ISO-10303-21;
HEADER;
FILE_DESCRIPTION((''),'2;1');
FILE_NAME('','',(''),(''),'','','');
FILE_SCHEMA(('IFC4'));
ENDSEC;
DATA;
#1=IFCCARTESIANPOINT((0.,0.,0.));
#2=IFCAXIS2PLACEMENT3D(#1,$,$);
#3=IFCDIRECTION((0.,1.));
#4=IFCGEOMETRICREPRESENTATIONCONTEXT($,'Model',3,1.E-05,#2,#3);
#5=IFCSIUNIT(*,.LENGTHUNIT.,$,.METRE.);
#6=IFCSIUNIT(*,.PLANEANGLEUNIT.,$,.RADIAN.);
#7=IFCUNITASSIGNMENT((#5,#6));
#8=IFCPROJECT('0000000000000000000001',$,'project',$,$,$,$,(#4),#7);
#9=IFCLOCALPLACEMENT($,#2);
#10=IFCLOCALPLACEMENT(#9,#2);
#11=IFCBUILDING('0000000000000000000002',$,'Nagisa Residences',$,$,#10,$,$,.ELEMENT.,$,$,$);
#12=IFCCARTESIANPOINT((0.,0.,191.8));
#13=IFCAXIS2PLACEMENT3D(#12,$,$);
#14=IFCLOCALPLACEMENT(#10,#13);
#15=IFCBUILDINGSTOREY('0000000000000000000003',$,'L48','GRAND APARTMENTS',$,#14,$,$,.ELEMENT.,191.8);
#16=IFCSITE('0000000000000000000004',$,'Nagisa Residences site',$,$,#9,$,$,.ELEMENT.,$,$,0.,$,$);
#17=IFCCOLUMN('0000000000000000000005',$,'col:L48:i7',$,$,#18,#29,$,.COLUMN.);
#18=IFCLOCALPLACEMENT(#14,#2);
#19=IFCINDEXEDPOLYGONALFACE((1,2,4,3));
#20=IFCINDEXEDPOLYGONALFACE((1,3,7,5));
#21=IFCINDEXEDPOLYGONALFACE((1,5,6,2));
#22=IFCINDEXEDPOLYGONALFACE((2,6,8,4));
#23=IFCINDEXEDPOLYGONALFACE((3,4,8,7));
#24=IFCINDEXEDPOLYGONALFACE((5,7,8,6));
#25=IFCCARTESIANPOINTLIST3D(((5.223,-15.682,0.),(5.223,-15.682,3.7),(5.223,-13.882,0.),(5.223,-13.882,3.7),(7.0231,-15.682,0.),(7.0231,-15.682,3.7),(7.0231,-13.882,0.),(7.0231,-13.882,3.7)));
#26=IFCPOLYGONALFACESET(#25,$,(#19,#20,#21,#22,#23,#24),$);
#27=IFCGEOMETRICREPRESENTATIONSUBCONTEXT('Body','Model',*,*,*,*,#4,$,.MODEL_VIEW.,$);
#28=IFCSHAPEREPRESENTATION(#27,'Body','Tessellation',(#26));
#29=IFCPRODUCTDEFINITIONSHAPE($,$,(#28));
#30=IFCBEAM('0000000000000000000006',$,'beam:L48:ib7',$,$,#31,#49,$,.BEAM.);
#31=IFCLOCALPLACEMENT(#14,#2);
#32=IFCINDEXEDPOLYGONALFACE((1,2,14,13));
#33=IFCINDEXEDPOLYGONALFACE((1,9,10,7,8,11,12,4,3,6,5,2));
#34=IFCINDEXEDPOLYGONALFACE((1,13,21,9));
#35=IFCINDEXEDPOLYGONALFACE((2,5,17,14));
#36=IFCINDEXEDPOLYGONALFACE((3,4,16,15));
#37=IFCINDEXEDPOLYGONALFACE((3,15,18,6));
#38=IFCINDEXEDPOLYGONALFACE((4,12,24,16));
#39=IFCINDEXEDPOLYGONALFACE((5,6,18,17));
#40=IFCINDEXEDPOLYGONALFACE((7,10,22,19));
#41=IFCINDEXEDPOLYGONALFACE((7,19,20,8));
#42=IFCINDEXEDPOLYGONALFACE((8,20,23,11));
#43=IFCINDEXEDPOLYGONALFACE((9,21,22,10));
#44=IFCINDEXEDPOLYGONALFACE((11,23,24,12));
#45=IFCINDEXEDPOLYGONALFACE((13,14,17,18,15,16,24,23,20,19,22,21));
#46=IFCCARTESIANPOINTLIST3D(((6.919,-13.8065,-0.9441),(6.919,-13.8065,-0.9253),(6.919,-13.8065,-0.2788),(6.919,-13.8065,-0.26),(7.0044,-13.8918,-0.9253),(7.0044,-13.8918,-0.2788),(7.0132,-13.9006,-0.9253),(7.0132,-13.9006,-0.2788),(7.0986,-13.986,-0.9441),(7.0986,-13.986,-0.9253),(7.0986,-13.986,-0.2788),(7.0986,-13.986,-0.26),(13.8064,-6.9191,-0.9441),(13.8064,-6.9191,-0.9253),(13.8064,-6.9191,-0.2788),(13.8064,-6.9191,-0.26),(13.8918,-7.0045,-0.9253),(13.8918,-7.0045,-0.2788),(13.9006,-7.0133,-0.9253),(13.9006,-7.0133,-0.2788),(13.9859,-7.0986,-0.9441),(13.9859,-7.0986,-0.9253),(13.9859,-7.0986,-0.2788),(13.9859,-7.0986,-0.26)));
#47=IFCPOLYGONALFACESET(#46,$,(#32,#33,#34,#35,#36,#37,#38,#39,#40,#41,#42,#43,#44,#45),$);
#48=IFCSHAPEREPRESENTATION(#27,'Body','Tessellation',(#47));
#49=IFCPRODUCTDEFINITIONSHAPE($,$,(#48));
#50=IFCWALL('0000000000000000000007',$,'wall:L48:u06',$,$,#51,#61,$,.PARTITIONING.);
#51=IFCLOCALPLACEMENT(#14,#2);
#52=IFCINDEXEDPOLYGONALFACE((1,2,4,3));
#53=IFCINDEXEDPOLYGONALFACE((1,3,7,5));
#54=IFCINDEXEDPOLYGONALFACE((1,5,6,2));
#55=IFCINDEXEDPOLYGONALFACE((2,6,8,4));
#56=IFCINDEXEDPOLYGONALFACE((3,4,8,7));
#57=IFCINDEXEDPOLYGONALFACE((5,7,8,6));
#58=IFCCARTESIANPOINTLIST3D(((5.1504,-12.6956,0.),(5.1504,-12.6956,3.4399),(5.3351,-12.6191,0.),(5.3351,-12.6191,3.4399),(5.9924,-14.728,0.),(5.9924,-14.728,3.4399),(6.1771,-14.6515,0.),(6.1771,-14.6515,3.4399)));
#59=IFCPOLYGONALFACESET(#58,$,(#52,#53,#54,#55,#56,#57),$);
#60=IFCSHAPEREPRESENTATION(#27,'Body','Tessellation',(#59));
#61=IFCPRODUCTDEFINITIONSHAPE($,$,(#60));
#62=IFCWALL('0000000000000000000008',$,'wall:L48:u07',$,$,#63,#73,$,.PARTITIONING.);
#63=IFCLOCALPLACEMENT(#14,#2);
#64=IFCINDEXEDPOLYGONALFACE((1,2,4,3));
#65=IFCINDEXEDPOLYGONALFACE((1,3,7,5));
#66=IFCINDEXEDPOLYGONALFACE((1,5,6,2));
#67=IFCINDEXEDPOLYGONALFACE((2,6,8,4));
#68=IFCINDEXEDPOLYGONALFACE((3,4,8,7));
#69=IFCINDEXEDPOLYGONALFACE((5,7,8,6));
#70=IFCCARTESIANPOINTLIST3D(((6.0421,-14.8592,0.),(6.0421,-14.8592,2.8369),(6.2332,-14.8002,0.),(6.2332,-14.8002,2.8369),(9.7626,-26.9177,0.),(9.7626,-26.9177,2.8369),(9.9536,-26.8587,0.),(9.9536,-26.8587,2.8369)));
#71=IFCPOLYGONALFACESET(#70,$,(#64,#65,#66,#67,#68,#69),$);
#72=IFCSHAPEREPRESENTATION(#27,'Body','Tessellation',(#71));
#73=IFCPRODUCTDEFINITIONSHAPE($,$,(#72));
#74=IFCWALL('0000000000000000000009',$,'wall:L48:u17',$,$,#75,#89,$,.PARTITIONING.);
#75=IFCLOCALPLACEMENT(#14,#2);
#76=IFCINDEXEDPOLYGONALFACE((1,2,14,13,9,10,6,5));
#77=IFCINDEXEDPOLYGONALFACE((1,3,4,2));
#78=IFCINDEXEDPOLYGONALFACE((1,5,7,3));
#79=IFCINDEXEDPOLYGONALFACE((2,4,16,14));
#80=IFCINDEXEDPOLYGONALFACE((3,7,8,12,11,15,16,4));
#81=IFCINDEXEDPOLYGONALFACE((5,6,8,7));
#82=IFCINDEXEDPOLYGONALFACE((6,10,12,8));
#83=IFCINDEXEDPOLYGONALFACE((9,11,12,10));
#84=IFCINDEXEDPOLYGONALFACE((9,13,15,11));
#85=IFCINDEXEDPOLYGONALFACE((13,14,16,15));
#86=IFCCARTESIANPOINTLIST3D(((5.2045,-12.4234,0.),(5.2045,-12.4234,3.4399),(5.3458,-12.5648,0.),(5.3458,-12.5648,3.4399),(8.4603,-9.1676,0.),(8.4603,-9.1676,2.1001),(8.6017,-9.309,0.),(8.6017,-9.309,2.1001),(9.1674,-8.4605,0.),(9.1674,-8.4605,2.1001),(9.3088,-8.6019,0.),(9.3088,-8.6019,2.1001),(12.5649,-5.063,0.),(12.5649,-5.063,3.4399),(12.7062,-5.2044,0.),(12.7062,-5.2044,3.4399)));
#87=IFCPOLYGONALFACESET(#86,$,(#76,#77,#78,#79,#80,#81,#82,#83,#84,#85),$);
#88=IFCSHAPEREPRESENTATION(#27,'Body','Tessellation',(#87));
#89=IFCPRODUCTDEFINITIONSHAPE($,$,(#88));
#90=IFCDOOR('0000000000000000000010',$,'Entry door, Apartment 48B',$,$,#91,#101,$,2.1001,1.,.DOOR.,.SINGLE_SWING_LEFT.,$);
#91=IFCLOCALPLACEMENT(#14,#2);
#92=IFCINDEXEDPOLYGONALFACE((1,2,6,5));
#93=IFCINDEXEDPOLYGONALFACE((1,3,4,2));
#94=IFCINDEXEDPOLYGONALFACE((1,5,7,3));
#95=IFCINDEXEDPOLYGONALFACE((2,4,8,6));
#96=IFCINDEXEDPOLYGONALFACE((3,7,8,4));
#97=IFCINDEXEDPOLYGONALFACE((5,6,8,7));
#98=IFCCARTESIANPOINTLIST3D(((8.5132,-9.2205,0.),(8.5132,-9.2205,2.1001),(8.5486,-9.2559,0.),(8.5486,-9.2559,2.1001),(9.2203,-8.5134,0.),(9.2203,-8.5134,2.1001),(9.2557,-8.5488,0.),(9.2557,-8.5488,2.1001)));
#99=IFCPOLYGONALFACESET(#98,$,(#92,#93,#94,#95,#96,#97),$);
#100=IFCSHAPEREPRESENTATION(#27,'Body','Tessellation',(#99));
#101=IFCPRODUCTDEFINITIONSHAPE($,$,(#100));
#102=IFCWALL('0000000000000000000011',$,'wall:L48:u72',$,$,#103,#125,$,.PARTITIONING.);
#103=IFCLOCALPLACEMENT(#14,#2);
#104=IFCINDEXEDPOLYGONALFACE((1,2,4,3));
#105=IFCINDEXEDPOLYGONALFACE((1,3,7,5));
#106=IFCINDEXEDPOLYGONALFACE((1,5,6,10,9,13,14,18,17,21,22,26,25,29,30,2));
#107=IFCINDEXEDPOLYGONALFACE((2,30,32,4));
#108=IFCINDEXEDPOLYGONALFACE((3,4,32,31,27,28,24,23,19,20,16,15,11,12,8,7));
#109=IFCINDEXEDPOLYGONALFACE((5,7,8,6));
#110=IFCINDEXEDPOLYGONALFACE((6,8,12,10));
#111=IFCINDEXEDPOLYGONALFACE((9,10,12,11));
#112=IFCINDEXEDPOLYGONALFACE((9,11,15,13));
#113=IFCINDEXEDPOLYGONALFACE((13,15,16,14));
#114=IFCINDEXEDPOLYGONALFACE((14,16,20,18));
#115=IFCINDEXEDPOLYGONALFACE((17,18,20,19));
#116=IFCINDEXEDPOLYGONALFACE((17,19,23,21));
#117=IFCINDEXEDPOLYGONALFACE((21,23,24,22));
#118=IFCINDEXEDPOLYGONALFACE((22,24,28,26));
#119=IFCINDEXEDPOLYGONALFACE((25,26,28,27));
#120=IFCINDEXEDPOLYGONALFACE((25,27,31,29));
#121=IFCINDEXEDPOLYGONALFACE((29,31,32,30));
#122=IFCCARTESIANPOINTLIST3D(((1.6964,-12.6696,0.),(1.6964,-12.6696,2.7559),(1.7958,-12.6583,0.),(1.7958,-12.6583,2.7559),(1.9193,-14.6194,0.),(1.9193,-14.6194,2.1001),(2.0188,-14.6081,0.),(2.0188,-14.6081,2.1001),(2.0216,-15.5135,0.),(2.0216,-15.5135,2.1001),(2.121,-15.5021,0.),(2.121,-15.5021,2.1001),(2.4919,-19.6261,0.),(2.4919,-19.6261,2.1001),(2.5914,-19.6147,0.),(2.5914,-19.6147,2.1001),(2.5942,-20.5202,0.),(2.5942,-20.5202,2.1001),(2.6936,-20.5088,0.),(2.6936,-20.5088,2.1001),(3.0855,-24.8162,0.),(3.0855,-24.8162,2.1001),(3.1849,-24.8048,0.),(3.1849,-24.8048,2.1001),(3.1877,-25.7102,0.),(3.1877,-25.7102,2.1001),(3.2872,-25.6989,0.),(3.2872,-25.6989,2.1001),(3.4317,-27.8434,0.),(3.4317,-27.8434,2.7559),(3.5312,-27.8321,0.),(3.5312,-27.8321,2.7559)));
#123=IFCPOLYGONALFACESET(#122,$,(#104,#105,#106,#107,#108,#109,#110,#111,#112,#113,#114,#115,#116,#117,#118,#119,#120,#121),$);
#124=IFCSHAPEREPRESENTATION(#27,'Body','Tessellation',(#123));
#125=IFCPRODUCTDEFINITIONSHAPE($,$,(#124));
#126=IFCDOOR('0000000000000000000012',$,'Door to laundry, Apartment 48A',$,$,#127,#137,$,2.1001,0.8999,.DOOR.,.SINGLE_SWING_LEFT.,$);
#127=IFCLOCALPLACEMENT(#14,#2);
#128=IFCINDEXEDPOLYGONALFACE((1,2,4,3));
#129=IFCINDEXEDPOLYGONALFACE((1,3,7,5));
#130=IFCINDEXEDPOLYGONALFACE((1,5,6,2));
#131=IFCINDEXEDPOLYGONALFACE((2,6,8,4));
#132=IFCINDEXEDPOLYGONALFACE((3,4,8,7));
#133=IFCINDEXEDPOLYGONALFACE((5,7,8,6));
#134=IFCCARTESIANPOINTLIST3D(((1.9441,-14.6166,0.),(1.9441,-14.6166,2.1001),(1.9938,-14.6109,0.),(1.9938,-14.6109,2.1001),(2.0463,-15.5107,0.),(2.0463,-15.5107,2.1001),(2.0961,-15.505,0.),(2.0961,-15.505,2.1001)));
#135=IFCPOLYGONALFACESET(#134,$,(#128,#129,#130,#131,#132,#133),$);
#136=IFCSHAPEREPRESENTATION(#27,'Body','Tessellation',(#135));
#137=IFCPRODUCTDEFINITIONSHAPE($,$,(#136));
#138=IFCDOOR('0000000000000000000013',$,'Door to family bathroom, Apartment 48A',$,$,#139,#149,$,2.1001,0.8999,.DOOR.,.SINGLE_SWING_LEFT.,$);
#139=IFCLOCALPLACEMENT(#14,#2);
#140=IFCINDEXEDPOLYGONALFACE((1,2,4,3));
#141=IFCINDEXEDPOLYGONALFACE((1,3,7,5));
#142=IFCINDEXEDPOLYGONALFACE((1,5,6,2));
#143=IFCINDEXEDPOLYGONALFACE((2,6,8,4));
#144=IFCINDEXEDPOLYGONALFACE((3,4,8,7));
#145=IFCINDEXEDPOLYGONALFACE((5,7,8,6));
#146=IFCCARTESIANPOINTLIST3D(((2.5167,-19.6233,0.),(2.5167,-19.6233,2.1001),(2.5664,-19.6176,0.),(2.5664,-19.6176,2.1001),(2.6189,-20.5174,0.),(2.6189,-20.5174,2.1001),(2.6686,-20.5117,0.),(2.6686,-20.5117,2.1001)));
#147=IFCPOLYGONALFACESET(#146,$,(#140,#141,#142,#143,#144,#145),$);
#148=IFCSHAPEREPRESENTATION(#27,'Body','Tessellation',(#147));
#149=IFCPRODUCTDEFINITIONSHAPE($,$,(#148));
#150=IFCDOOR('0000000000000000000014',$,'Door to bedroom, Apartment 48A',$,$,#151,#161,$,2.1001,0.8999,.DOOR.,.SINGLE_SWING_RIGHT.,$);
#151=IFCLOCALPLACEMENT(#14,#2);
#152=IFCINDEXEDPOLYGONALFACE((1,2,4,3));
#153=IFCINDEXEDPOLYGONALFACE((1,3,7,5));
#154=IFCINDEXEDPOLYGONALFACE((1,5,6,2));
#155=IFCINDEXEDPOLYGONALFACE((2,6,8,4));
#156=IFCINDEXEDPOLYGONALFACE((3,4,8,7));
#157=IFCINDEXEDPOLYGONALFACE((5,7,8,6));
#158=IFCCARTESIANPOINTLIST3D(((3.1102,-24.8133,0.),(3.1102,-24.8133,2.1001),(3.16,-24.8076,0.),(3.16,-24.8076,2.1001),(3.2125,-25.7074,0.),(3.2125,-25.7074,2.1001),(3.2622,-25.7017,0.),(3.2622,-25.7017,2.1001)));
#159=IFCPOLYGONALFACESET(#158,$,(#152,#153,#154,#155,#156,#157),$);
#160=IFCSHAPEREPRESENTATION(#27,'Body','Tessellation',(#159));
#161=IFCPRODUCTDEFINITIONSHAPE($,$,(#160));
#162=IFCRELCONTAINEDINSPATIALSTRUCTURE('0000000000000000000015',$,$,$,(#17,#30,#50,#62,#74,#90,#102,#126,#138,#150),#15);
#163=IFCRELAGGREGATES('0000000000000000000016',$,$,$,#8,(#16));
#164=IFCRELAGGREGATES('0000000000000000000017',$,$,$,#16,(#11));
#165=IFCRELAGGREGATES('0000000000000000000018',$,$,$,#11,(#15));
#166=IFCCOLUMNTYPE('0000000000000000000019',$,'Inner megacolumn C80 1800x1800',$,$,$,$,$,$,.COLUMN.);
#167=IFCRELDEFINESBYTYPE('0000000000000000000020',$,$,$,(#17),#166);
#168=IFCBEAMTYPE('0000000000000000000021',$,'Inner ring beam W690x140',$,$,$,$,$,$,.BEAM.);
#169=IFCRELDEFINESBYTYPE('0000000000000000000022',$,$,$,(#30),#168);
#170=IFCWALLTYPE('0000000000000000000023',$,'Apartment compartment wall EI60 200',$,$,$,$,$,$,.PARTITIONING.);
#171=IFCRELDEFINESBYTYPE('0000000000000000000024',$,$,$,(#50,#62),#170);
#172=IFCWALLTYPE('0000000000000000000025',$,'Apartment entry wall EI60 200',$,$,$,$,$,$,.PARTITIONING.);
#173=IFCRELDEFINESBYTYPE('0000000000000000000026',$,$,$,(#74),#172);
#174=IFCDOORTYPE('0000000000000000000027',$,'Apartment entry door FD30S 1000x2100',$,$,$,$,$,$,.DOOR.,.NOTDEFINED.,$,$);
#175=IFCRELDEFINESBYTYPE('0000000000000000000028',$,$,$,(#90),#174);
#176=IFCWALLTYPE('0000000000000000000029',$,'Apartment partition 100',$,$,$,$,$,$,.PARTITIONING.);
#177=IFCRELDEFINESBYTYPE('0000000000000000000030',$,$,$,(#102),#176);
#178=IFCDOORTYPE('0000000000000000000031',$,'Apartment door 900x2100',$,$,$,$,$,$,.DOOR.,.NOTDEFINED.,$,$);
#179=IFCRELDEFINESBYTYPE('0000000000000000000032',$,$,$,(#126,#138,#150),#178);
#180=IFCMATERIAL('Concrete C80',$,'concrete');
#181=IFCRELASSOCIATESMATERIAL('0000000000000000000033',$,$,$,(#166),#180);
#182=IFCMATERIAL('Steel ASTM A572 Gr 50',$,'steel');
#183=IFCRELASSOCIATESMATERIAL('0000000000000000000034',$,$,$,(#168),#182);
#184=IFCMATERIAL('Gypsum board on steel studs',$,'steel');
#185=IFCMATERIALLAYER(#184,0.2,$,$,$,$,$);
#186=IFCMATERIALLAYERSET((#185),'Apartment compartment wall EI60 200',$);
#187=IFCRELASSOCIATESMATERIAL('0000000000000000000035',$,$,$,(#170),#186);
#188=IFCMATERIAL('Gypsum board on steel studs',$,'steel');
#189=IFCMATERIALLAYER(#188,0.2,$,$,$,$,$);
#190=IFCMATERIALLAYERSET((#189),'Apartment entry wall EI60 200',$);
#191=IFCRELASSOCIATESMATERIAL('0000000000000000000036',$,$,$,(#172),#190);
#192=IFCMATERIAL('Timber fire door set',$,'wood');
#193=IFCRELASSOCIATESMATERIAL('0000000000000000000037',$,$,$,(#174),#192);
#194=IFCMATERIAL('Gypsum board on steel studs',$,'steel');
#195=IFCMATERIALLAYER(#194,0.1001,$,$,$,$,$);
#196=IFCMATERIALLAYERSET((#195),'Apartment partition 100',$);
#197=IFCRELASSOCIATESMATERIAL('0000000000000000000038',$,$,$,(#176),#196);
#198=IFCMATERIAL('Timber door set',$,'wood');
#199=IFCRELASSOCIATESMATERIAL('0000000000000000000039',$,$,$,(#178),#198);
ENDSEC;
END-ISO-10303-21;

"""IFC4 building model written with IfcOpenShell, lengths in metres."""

from ifc_helpers import new_model, si_unit, direction, frame, frame_2d, origin, origin_2d, place, context, subcontext, project, spatial, rectangle, i_section, extrude, material, layer, layer_set, material_profile, profile_set, type_object, element, fill, save


model = new_model("IFC4")

# Units and contexts
model_context = context("Model", 3, precision=1e-05, world=origin(), true_north=direction((0.0, 1.0)))
body_context = subcontext(model_context, "Body", "Model", "MODEL_VIEW")
ifc_project = project(units=[si_unit("LENGTHUNIT", "METRE"), si_unit("PLANEANGLEUNIT", "RADIAN")], contexts=[model_context])

# Site, building, storey
site_placement = place(None, origin())
site = spatial("IfcSite", under=ifc_project, at=site_placement, Name="Nagisa Residences site", CompositionType="ELEMENT", RefElevation=0.0)
building_placement = place(site_placement, origin())
building = spatial("IfcBuilding", under=site, at=building_placement, Name="Nagisa Residences", CompositionType="ELEMENT")
storey_placement = place(building_placement, frame((0.0, 0.0, 191.8)))
storey = spatial("IfcBuildingStorey", under=building, at=storey_placement, Name="L48", Description="GRAND APARTMENTS", CompositionType="ELEMENT", Elevation=191.8)

# Column
ifc_material_1 = material(Name="Concrete C80", Category="concrete")
ifc_material_profile_1 = material_profile(ifc_material_1, rectangle(XDim=1.8, YDim=1.8, at=origin_2d()), Name="C80 1800x1800")
ifc_profile_set_1 = profile_set([ifc_material_profile_1], Name="Concrete C80")
column_type = type_object("IfcColumnType", Name="Inner megacolumn C80 1800x1800", PredefinedType="COLUMN", material=ifc_profile_set_1)
column_placement = place(storey_placement, frame((6.123, -14.782, 0.0), z_axis=(0.0, 0.0, 1.0), x_axis=(1.0, 0.0, 0.0)))
element("IfcColumn", 1, at=column_placement, inside=storey, type_object=column_type, Name="col:L48:i7", PredefinedType="COLUMN", context=body_context, shape_type="SweptSolid", body=[
    extrude(rectangle(XDim=1.8, YDim=1.8, at=origin_2d()), origin(), (0.0, 0.0, 1.0), 3.7),
])

# Beam
ifc_material_2 = material(Name="Steel ASTM A572 Gr 50", Category="steel")
ifc_material_profile_2 = material_profile(ifc_material_2, i_section(OverallWidth=0.2539, OverallDepth=0.6841, WebThickness=0.0125, FlangeThickness=0.0188, at=origin_2d()), Name="W690x140")
ifc_profile_set_2 = profile_set([ifc_material_profile_2], Name="Steel ASTM A572 Gr 50")
beam_type = type_object("IfcBeamType", Name="Inner ring beam W690x140", PredefinedType="BEAM", material=ifc_profile_set_2)
beam_placement = place(storey_placement, frame((7.0088, -13.8962, -0.6021), z_axis=(0.707107, 0.707107, 0.0), x_axis=(-0.707107, 0.707107, 0.0)))
element("IfcBeam", 2, at=beam_placement, inside=storey, type_object=beam_type, Name="beam:L48:ib7", PredefinedType="BEAM", context=body_context, shape_type="SweptSolid", body=[
    extrude(i_section(OverallWidth=0.2539, OverallDepth=0.6841, WebThickness=0.0125, FlangeThickness=0.0188, at=origin_2d()), origin(), (0.0, 0.0, 1.0), 9.7402),
])

# Walls
ifc_material_3 = material(Name="Gypsum board on steel studs", Category="steel")
ifc_layer_1 = layer(ifc_material_3, 0.2)
ifc_layer_set_1 = layer_set([ifc_layer_1], Name="Apartment compartment wall EI60 200")
wall_type_1 = type_object("IfcWallType", Name="Apartment compartment wall EI60 200", PredefinedType="PARTITIONING", material=ifc_layer_set_1)
wall_1_placement = place(storey_placement, frame((5.2427, -12.6572, 0.0), z_axis=(0.0, 0.0, 1.0), x_axis=(0.382747, -0.923853, 0.0)))
element("IfcWall", 3, at=wall_1_placement, inside=storey, type_object=wall_type_1, Name="wall:L48:u06", PredefinedType="PARTITIONING", context=body_context, shape_type="SweptSolid", body=[
    extrude(rectangle(XDim=2.2, YDim=0.2, at=frame_2d((1.1001, 0.0))), origin(), (0.0, 0.0, 1.0), 3.4399),
])
wall_2_placement = place(storey_placement, frame((6.1377, -14.8298, 0.0), z_axis=(0.0, 0.0, 1.0), x_axis=(0.294819, -0.955553, 0.0)))
element("IfcWall", 4, at=wall_2_placement, inside=storey, type_object=wall_type_1, Name="wall:L48:u07", PredefinedType="PARTITIONING", context=body_context, shape_type="SweptSolid", body=[
    extrude(rectangle(XDim=12.6194, YDim=0.2, at=frame_2d((6.3096, 0.0))), origin(), (0.0, 0.0, 1.0), 2.8369),
])

# Wall, opening, door
ifc_material_4 = material(Name="Gypsum board on steel studs", Category="steel")
ifc_layer_2 = layer(ifc_material_4, 0.2)
ifc_layer_set_2 = layer_set([ifc_layer_2], Name="Apartment entry wall EI60 200")
wall_type_2 = type_object("IfcWallType", Name="Apartment entry wall EI60 200", PredefinedType="PARTITIONING", material=ifc_layer_set_2)
wall_3_placement = place(storey_placement, frame((5.2751, -12.4941, 0.0), z_axis=(0.0, 0.0, 1.0), x_axis=(0.707107, 0.707107, 0.0)))
wall_3 = element("IfcWall", 5, at=wall_3_placement, inside=storey, type_object=wall_type_2, Name="wall:L48:u17", PredefinedType="PARTITIONING", context=body_context, shape_type="SweptSolid", body=[
    extrude(rectangle(XDim=10.4092, YDim=0.2, at=frame_2d((5.2046, 0.0))), origin(), (0.0, 0.0, 1.0), 3.4399),
])
opening_1_placement = place(wall_3_placement, frame((4.6045, 0.0, 0.0)))
opening_1 = element("IfcOpeningElement", 6, at=opening_1_placement, cuts=wall_3, PredefinedType="OPENING", context=body_context, shape_type="SweptSolid", body=[
    extrude(rectangle(XDim=1.0, YDim=2.1001, at=frame_2d((0.5, 1.05))), frame((0.0, 0.1099, 0.0), z_axis=(0.0, -1.0, 0.0), x_axis=(1.0, 0.0, 0.0)), (0.0, 0.0, 1.0), 0.22),
])
ifc_material_5 = material(Name="Timber fire door set", Category="wood")
door_type_1 = type_object("IfcDoorType", Name="Apartment entry door FD30S 1000x2100", OperationType="NOTDEFINED", PredefinedType="DOOR", material=ifc_material_5)
door_1_placement = place(opening_1_placement, frame((1.0, 0.0, 0.0), x_axis=(-1.0, 0.0, 0.0)))
door_1 = element("IfcDoor", 7, at=door_1_placement, inside=storey, type_object=door_type_1, Name="Entry door, Apartment 48B", OperationType="SINGLE_SWING_LEFT", OverallHeight=2.1001, OverallWidth=1.0, PredefinedType="DOOR", context=body_context, shape_type="SweptSolid", body=[
    extrude(rectangle(XDim=1.0, YDim=2.1001, at=frame_2d((0.5, 1.05))), frame((0.0, 0.0249, 0.0), z_axis=(0.0, -1.0, 0.0), x_axis=(1.0, 0.0, 0.0)), (0.0, 0.0, 1.0), 0.05),
])
fill(opening_1, door_1)

# Wall, openings, doors
ifc_material_6 = material(Name="Gypsum board on steel studs", Category="steel")
ifc_layer_3 = layer(ifc_material_6, 0.1001)
ifc_layer_set_3 = layer_set([ifc_layer_3], Name="Apartment partition 100")
wall_type_3 = type_object("IfcWallType", Name="Apartment partition 100", PredefinedType="PARTITIONING", material=ifc_layer_set_3)
wall_4_placement = place(storey_placement, frame((1.7461, -12.6641, 0.0), z_axis=(0.0, 0.0, 1.0), x_axis=(0.113624, -0.993524, 0.0)))
wall_4 = element("IfcWall", 8, at=wall_4_placement, inside=storey, type_object=wall_type_3, Name="wall:L48:u72", PredefinedType="PARTITIONING", context=body_context, shape_type="SweptSolid", body=[
    extrude(rectangle(XDim=15.2727, YDim=0.1001, at=frame_2d((7.6362, 0.0))), origin(), (0.0, 0.0, 1.0), 2.7559),
])
opening_2_placement = place(wall_4_placement, frame((1.9624, 0.0, 0.0)))
opening_2 = element("IfcOpeningElement", 9, at=opening_2_placement, cuts=wall_4, PredefinedType="OPENING", context=body_context, shape_type="SweptSolid", body=[
    extrude(rectangle(XDim=0.8999, YDim=2.1001, at=frame_2d((0.45, 1.05))), frame((0.0, 0.0601, 0.0), z_axis=(0.0, -1.0, 0.0), x_axis=(1.0, 0.0, 0.0)), (0.0, 0.0, 1.0), 0.1201),
])
opening_3_placement = place(wall_4_placement, frame((7.0017, 0.0, 0.0)))
opening_3 = element("IfcOpeningElement", 10, at=opening_3_placement, cuts=wall_4, PredefinedType="OPENING", context=body_context, shape_type="SweptSolid", body=[
    extrude(rectangle(XDim=0.8999, YDim=2.1001, at=frame_2d((0.45, 1.05))), frame((0.0, 0.0601, 0.0), z_axis=(0.0, -1.0, 0.0), x_axis=(1.0, 0.0, 0.0)), (0.0, 0.0, 1.0), 0.1201),
])
opening_4_placement = place(wall_4_placement, frame((12.2256, 0.0, 0.0)))
opening_4 = element("IfcOpeningElement", 11, at=opening_4_placement, cuts=wall_4, PredefinedType="OPENING", context=body_context, shape_type="SweptSolid", body=[
    extrude(rectangle(XDim=0.8999, YDim=2.1001, at=frame_2d((0.45, 1.05))), frame((0.0, 0.0601, 0.0), z_axis=(0.0, -1.0, 0.0), x_axis=(1.0, 0.0, 0.0)), (0.0, 0.0, 1.0), 0.1201),
])
ifc_material_7 = material(Name="Timber door set", Category="wood")
door_type_2 = type_object("IfcDoorType", Name="Apartment door 900x2100", OperationType="NOTDEFINED", PredefinedType="DOOR", material=ifc_material_7)
door_2_placement = place(opening_2_placement, origin())
door_2 = element("IfcDoor", 12, at=door_2_placement, inside=storey, type_object=door_type_2, Name="Door to laundry, Apartment 48A", OperationType="SINGLE_SWING_LEFT", OverallHeight=2.1001, OverallWidth=0.8999, PredefinedType="DOOR", context=body_context, shape_type="SweptSolid", body=[
    extrude(rectangle(XDim=0.8999, YDim=2.1001, at=frame_2d((0.45, 1.05))), frame((0.0, 0.0249, 0.0), z_axis=(0.0, -1.0, 0.0), x_axis=(1.0, 0.0, 0.0)), (0.0, 0.0, 1.0), 0.05),
])
fill(opening_2, door_2)
door_3_placement = place(opening_3_placement, origin())
door_3 = element("IfcDoor", 13, at=door_3_placement, inside=storey, type_object=door_type_2, Name="Door to family bathroom, Apartment 48A", OperationType="SINGLE_SWING_LEFT", OverallHeight=2.1001, OverallWidth=0.8999, PredefinedType="DOOR", context=body_context, shape_type="SweptSolid", body=[
    extrude(rectangle(XDim=0.8999, YDim=2.1001, at=frame_2d((0.45, 1.05))), frame((0.0, 0.0249, 0.0), z_axis=(0.0, -1.0, 0.0), x_axis=(1.0, 0.0, 0.0)), (0.0, 0.0, 1.0), 0.05),
])
fill(opening_3, door_3)
door_4_placement = place(opening_4_placement, origin())
door_4 = element("IfcDoor", 14, at=door_4_placement, inside=storey, type_object=door_type_2, Name="Door to bedroom, Apartment 48A", OperationType="SINGLE_SWING_RIGHT", OverallHeight=2.1001, OverallWidth=0.8999, PredefinedType="DOOR", context=body_context, shape_type="SweptSolid", body=[
    extrude(rectangle(XDim=0.8999, YDim=2.1001, at=frame_2d((0.45, 1.05))), frame((0.0, 0.0249, 0.0), z_axis=(0.0, -1.0, 0.0), x_axis=(1.0, 0.0, 0.0)), (0.0, 0.0, 1.0), 0.05),
])
fill(opening_4, door_4)

save(model, "model.ifc")
